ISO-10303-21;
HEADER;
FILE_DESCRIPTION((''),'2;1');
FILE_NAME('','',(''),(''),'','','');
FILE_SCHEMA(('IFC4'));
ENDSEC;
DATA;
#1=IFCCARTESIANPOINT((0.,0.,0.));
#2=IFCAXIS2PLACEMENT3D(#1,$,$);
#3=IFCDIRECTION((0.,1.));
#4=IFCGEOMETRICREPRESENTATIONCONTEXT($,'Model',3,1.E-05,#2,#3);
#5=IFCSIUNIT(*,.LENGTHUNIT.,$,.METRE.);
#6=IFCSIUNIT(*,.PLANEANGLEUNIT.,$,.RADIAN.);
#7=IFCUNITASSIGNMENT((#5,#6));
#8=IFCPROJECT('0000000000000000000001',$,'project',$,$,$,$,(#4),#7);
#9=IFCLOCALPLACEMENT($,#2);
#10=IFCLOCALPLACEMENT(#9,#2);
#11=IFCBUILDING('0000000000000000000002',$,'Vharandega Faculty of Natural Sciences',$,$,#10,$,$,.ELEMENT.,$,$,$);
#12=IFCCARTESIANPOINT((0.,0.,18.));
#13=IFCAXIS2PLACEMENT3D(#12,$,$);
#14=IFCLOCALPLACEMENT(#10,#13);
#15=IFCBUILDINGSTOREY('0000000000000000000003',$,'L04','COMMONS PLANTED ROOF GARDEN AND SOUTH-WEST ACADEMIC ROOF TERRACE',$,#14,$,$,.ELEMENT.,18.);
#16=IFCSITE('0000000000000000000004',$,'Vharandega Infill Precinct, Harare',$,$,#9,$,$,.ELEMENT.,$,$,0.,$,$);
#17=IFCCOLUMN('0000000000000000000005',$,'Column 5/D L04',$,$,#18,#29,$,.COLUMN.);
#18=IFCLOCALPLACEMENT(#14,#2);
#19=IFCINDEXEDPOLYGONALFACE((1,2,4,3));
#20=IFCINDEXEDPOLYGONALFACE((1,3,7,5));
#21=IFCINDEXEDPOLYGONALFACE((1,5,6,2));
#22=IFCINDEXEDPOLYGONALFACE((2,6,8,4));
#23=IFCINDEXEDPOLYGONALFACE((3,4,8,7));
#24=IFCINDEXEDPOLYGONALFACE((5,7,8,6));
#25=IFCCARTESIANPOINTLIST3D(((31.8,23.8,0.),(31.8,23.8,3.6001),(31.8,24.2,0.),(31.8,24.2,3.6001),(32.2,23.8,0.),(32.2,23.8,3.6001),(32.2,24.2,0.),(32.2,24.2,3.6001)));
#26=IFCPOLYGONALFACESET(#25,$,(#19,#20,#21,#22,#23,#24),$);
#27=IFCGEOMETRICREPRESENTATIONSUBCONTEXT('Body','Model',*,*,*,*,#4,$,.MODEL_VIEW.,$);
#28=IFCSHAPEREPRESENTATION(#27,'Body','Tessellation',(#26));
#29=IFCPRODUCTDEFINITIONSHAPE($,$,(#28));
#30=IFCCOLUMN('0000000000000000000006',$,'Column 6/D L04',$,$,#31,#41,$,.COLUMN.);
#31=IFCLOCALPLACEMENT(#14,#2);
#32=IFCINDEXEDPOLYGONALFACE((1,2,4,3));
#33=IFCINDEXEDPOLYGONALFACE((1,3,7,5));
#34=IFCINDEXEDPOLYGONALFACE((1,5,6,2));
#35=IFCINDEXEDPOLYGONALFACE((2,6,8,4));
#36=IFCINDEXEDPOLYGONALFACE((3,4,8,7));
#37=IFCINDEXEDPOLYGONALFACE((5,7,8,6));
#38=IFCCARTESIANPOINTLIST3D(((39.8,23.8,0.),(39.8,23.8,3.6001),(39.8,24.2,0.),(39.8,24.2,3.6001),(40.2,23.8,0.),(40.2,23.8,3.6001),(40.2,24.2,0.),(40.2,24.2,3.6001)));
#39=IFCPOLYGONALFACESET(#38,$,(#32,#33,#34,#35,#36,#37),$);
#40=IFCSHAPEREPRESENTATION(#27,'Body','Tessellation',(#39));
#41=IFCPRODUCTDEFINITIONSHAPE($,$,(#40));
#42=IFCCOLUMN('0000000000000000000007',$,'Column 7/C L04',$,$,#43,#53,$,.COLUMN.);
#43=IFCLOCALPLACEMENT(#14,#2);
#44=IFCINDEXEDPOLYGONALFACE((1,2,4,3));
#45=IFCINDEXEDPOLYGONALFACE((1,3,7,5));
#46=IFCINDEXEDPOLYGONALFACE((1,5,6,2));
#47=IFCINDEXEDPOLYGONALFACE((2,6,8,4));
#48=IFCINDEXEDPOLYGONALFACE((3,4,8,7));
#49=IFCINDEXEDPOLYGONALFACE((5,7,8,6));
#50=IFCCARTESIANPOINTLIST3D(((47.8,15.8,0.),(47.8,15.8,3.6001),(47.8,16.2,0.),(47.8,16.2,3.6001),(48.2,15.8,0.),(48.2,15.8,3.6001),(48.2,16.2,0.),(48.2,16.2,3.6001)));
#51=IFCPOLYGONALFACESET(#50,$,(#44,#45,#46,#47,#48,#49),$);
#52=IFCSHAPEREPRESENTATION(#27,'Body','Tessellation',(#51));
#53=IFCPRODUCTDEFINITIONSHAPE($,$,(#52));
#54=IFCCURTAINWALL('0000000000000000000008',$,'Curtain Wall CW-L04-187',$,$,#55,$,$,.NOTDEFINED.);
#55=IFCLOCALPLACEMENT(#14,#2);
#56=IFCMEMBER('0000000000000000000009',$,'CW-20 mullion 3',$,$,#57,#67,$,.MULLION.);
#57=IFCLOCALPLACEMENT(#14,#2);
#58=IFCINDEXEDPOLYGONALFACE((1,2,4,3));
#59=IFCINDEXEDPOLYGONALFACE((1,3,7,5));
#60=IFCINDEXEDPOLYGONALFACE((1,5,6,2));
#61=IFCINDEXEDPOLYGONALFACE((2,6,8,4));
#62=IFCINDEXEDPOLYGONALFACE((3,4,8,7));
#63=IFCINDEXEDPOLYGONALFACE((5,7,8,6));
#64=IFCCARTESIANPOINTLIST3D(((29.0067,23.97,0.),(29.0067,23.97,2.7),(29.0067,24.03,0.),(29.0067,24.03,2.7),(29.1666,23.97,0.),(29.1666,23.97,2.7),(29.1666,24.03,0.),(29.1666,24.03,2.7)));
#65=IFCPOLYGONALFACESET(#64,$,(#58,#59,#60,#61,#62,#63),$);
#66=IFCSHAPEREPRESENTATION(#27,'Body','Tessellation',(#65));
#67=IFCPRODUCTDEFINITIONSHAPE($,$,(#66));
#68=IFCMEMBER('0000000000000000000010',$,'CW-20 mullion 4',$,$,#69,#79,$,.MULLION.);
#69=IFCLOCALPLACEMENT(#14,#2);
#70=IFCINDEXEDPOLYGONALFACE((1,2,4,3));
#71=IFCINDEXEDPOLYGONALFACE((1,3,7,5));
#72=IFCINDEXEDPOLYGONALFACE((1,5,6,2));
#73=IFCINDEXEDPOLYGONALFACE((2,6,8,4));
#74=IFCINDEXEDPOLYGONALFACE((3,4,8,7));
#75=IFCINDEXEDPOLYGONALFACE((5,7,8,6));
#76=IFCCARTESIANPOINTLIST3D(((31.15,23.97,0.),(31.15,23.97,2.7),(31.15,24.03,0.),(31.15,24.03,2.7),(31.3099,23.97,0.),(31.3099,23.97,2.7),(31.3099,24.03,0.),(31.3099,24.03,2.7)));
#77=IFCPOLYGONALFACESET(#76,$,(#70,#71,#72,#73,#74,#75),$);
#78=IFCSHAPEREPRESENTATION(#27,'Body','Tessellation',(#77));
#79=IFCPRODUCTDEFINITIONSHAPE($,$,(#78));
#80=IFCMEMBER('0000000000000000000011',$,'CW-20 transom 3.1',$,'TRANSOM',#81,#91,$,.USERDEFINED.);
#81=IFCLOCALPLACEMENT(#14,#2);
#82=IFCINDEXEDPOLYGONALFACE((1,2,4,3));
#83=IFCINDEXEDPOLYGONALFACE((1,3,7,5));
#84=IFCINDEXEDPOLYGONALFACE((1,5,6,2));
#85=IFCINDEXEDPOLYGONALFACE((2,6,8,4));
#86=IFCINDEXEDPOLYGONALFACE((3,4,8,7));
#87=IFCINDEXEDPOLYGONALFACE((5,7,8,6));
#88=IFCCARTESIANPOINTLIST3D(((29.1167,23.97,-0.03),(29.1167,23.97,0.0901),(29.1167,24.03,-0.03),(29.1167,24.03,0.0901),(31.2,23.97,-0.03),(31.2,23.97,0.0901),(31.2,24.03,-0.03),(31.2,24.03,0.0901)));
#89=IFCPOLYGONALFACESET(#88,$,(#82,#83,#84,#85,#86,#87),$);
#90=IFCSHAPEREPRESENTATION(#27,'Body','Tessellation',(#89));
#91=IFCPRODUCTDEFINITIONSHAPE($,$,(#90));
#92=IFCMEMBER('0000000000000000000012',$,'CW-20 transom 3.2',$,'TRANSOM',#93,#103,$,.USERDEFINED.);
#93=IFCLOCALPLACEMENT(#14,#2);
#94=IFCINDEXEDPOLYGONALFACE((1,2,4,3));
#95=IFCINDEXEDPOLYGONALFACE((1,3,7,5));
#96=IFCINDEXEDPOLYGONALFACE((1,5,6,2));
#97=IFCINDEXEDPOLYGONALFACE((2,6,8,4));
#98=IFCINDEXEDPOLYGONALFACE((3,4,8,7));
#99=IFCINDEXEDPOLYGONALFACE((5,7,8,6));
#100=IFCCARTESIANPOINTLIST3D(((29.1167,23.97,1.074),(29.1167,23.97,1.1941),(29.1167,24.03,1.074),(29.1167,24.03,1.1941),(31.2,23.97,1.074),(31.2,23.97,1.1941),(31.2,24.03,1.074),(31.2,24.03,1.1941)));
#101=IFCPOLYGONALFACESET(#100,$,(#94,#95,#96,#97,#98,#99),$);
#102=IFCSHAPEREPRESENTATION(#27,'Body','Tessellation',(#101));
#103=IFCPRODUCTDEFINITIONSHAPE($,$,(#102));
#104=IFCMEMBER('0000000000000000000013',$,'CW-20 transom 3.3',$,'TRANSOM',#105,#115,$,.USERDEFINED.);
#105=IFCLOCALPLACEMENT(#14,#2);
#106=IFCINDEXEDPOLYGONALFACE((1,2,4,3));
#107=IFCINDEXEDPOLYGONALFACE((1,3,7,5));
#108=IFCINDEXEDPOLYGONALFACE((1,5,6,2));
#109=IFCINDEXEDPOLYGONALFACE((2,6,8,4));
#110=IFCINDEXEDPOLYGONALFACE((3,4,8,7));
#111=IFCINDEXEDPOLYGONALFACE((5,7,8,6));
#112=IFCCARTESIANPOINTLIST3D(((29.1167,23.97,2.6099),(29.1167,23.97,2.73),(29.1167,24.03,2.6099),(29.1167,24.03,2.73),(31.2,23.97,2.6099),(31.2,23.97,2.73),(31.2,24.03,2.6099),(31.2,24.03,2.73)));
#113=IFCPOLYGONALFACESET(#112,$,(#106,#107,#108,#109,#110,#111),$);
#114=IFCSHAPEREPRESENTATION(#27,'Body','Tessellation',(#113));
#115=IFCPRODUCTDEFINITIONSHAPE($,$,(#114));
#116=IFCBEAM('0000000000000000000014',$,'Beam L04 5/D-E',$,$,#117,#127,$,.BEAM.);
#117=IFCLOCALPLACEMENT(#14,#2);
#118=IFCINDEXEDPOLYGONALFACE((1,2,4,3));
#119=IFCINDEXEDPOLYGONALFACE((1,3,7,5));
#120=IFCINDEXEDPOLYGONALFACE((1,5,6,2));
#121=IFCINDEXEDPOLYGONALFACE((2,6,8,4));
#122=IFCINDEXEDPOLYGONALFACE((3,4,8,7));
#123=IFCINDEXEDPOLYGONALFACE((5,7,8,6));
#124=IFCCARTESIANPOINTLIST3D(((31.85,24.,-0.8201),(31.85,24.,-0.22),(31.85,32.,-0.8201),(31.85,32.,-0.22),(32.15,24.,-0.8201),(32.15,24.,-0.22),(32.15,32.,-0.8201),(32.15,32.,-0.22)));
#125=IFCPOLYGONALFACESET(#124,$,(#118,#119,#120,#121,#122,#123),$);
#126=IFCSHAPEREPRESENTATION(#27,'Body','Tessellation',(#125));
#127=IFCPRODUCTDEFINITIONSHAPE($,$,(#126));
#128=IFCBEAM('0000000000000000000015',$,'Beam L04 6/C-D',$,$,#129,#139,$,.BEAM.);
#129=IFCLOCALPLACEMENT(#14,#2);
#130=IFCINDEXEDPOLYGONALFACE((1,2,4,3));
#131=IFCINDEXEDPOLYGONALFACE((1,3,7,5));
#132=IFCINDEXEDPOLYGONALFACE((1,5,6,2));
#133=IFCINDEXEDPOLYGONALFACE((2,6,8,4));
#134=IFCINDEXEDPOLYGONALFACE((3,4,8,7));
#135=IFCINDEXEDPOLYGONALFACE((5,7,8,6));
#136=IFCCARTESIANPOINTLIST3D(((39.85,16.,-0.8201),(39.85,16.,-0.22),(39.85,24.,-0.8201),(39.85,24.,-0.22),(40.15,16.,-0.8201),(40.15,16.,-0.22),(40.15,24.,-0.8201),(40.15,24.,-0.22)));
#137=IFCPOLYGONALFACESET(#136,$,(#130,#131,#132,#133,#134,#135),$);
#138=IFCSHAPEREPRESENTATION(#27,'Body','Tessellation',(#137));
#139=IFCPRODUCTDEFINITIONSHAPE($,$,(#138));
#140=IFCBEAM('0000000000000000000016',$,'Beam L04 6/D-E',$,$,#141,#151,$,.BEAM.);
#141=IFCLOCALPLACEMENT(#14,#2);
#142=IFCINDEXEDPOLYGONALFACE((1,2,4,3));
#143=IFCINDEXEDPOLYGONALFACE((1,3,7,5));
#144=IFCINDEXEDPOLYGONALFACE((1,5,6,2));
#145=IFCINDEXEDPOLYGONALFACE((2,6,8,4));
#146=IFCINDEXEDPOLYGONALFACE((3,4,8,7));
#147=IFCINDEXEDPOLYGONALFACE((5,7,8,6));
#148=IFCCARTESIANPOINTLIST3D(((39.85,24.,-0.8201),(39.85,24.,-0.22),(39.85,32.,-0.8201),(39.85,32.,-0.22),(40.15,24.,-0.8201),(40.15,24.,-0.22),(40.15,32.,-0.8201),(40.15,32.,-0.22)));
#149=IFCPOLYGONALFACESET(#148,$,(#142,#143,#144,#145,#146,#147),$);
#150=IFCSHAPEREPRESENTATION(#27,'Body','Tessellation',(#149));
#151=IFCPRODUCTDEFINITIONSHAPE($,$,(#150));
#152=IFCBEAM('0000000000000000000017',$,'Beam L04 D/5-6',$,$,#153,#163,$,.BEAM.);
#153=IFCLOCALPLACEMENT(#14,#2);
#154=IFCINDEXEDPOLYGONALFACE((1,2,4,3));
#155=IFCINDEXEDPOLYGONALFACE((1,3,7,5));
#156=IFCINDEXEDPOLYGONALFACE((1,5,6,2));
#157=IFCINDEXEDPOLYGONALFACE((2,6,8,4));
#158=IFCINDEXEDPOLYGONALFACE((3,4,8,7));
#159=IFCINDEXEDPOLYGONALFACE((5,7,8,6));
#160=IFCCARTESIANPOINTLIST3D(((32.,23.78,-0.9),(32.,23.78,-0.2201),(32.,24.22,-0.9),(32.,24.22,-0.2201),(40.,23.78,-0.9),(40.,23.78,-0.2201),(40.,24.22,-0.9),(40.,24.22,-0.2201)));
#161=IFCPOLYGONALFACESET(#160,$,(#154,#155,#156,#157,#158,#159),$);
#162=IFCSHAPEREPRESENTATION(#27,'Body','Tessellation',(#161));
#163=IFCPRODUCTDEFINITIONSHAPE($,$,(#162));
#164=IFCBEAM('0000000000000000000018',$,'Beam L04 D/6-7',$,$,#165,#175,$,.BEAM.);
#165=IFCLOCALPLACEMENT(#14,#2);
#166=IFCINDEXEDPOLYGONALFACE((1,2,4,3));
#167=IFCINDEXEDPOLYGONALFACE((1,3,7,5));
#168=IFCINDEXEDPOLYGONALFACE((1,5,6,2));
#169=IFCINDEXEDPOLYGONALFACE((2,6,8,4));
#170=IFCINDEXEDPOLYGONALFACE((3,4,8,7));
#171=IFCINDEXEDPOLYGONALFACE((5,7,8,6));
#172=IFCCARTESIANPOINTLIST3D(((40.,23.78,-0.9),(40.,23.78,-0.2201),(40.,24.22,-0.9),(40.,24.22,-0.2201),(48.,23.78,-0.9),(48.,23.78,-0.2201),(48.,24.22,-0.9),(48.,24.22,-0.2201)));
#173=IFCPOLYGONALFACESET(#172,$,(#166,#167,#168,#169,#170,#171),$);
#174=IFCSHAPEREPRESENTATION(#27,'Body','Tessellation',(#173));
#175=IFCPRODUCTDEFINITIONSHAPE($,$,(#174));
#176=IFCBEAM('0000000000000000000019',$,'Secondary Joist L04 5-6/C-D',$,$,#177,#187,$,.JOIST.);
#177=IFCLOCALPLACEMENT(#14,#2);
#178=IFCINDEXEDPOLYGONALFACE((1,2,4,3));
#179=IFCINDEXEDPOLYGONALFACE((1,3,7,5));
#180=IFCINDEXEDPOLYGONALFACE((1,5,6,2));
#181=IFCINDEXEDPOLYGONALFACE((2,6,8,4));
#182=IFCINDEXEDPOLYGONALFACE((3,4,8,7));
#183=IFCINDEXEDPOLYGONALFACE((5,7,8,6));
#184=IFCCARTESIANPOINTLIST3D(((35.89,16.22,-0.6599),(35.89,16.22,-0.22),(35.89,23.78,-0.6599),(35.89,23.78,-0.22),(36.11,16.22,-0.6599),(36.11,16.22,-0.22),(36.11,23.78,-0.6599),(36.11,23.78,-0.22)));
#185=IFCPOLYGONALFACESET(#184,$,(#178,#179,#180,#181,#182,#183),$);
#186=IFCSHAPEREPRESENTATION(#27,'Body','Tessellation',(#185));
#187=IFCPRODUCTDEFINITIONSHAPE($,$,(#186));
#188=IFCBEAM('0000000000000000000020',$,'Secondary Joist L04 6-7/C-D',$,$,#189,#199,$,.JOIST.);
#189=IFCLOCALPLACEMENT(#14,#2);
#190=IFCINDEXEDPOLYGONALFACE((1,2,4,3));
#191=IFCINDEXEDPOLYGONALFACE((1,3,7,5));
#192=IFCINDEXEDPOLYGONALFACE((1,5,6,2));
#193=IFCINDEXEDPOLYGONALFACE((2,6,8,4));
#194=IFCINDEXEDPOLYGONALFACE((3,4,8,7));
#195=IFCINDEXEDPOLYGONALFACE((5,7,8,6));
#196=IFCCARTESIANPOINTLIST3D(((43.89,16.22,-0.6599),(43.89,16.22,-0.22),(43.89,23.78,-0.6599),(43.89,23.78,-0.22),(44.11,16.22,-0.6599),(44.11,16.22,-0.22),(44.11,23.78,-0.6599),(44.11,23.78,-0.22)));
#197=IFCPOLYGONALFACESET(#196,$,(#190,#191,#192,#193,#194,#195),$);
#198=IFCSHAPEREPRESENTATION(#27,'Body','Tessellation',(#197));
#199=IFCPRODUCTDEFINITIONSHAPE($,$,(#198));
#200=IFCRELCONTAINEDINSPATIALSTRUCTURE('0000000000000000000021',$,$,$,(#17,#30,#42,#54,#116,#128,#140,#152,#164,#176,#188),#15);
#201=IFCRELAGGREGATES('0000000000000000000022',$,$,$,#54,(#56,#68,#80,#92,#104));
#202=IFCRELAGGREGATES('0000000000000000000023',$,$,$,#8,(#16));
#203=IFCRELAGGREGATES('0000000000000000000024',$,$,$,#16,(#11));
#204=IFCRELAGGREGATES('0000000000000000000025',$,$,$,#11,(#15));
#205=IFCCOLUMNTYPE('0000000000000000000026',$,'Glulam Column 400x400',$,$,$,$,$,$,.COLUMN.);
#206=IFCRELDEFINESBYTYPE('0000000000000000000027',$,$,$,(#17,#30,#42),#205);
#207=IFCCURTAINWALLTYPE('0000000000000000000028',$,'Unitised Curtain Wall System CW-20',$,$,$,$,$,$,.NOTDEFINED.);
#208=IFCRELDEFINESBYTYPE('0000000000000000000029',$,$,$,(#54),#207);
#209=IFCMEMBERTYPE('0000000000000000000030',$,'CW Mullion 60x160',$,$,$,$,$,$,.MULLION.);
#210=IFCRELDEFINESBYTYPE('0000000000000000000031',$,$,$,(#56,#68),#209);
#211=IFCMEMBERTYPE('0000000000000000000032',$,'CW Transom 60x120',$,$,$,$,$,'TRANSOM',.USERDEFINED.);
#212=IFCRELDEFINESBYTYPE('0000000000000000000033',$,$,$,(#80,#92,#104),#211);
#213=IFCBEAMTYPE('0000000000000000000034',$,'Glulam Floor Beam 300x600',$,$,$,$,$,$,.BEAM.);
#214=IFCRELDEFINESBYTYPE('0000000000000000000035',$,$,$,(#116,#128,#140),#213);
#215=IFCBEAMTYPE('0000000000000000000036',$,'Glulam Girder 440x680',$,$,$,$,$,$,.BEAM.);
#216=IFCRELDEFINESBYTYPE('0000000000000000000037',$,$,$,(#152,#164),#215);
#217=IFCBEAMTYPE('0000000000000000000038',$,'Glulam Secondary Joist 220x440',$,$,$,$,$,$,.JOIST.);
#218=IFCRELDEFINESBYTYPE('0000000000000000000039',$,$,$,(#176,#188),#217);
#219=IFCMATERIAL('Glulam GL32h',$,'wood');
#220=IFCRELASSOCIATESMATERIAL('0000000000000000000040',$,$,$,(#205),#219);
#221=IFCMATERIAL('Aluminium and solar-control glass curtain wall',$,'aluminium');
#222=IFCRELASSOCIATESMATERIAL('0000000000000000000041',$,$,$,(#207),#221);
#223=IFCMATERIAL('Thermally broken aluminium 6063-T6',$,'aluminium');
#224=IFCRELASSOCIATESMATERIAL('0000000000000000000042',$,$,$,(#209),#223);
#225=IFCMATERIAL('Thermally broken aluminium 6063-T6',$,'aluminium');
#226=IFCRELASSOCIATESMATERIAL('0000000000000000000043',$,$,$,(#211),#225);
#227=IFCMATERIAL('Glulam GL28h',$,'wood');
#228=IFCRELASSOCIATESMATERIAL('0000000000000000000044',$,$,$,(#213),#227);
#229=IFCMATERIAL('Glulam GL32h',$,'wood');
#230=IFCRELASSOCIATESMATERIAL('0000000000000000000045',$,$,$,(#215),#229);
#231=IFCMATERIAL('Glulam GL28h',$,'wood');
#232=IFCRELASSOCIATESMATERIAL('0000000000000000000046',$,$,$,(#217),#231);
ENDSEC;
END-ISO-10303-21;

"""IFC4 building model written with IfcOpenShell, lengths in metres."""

from ifc_helpers import new_model, si_unit, direction, frame, origin, origin_2d, place, context, subcontext, project, spatial, rectangle, extrude, material, material_profile, profile_set, type_object, element, aggregate, save


model = new_model("IFC4")

# Units and contexts
model_context = context("Model", 3, precision=1e-05, world=origin(), true_north=direction((0.0, 1.0)))
body_context = subcontext(model_context, "Body", "Model", "MODEL_VIEW")
ifc_project = project(units=[si_unit("LENGTHUNIT", "METRE"), si_unit("PLANEANGLEUNIT", "RADIAN")], contexts=[model_context])

# Site, building, storey
site_placement = place(None, origin())
site = spatial("IfcSite", under=ifc_project, at=site_placement, Name="Vharandega Infill Precinct, Harare", CompositionType="ELEMENT", RefElevation=0.0)
building_placement = place(site_placement, origin())
building = spatial("IfcBuilding", under=site, at=building_placement, Name="Vharandega Faculty of Natural Sciences", CompositionType="ELEMENT")
storey_placement = place(building_placement, frame((0.0, 0.0, 18.0)))
storey = spatial("IfcBuildingStorey", under=building, at=storey_placement, Name="L04", Description="COMMONS PLANTED ROOF GARDEN AND SOUTH-WEST ACADEMIC ROOF TERRACE", CompositionType="ELEMENT", Elevation=18.0)

# Columns
ifc_material_1 = material(Name="Glulam GL32h", Category="wood")
ifc_material_profile_1 = material_profile(ifc_material_1, rectangle(XDim=0.3999, YDim=0.3999, at=origin_2d()), Name="GL32h 400x400")
ifc_profile_set_1 = profile_set([ifc_material_profile_1], Name="Glulam GL32h")
column_type = type_object("IfcColumnType", Name="Glulam Column 400x400", PredefinedType="COLUMN", material=ifc_profile_set_1)
for number, where, z_axis, x_axis, name in (
    (1, (32.0, 24.0, 0.0), (0.0, 0.0, 1.0), (1.0, 0.0, 0.0), "Column 5/D L04"),
    (2, (40.0, 24.0, 0.0), (0.0, 0.0, 1.0), (1.0, 0.0, 0.0), "Column 6/D L04"),
    (3, (48.0, 16.0, 0.0), (0.0, 0.0, 1.0), (1.0, 0.0, 0.0), "Column 7/C L04"),
):
    element("IfcColumn", number, at=place(storey_placement, frame(where, z_axis=z_axis, x_axis=x_axis)), inside=storey, type_object=column_type, Name=name, PredefinedType="COLUMN", context=body_context, shape_type="SweptSolid", body=[
        extrude(rectangle(XDim=0.3999, YDim=0.3999, at=origin_2d()), origin(), (0.0, 0.0, 1.0), 3.6001),
    ])

# Curtain wall, members
ifc_material_2 = material(Name="Aluminium and solar-control glass curtain wall", Category="aluminium")
curtain_wall_type = type_object("IfcCurtainWallType", Name="Unitised Curtain Wall System CW-20", PredefinedType="NOTDEFINED", material=ifc_material_2)
curtain_wall_placement = place(storey_placement, origin())
curtain_wall = element("IfcCurtainWall", 4, at=curtain_wall_placement, inside=storey, type_object=curtain_wall_type, Name="Curtain Wall CW-L04-187", PredefinedType="NOTDEFINED")
ifc_material_3 = material(Name="Thermally broken aluminium 6063-T6", Category="aluminium")
ifc_material_profile_2 = material_profile(ifc_material_3, rectangle(XDim=0.0601, YDim=0.1599, at=origin_2d()), Name="ALU 60x160")
ifc_profile_set_2 = profile_set([ifc_material_profile_2], Name="Thermally broken aluminium 6063-T6")
member_type_1 = type_object("IfcMemberType", Name="CW Mullion 60x160", PredefinedType="MULLION", material=ifc_profile_set_2)
member_1_placement = place(storey_placement, frame((29.0867, 24.0, 0.0), z_axis=(0.0, 0.0, 1.0), x_axis=(0.0, 1.0, 0.0)))
member_1 = element("IfcMember", 5, at=member_1_placement, type_object=member_type_1, Name="CW-20 mullion 3", PredefinedType="MULLION", context=body_context, shape_type="SweptSolid", body=[
    extrude(rectangle(XDim=0.0601, YDim=0.1599, at=origin_2d()), origin(), (0.0, 0.0, 1.0), 2.7),
])
member_2_placement = place(storey_placement, frame((31.23, 24.0, 0.0), z_axis=(0.0, 0.0, 1.0), x_axis=(0.0, 1.0, 0.0)))
member_2 = element("IfcMember", 6, at=member_2_placement, type_object=member_type_1, Name="CW-20 mullion 4", PredefinedType="MULLION", context=body_context, shape_type="SweptSolid", body=[
    extrude(rectangle(XDim=0.0601, YDim=0.1599, at=origin_2d()), origin(), (0.0, 0.0, 1.0), 2.7),
])
ifc_material_4 = material(Name="Thermally broken aluminium 6063-T6", Category="aluminium")
ifc_material_profile_3 = material_profile(ifc_material_4, rectangle(XDim=0.0601, YDim=0.1201, at=origin_2d()), Name="ALU 60x120")
ifc_profile_set_3 = profile_set([ifc_material_profile_3], Name="Thermally broken aluminium 6063-T6")
member_type_2 = type_object("IfcMemberType", Name="CW Transom 60x120", ElementType="TRANSOM", PredefinedType="USERDEFINED", material=ifc_profile_set_3)
member_3_placement = place(storey_placement, frame((29.1167, 24.0, 0.03), z_axis=(1.0, 0.0, 0.0), x_axis=(0.0, 1.0, 0.0)))
member_3 = element("IfcMember", 7, at=member_3_placement, type_object=member_type_2, Name="CW-20 transom 3.1", ObjectType="TRANSOM", PredefinedType="USERDEFINED", context=body_context, shape_type="SweptSolid", body=[
    extrude(rectangle(XDim=0.0601, YDim=0.1201, at=origin_2d()), origin(), (0.0, 0.0, 1.0), 2.0833),
])
member_4_placement = place(storey_placement, frame((29.1167, 24.0, 1.134), z_axis=(1.0, 0.0, 0.0), x_axis=(0.0, 1.0, 0.0)))
member_4 = element("IfcMember", 8, at=member_4_placement, type_object=member_type_2, Name="CW-20 transom 3.2", ObjectType="TRANSOM", PredefinedType="USERDEFINED", context=body_context, shape_type="SweptSolid", body=[
    extrude(rectangle(XDim=0.0601, YDim=0.1201, at=origin_2d()), origin(), (0.0, 0.0, 1.0), 2.0833),
])
member_5_placement = place(storey_placement, frame((29.1167, 24.0, 2.6699), z_axis=(1.0, 0.0, 0.0), x_axis=(0.0, 1.0, 0.0)))
member_5 = element("IfcMember", 9, at=member_5_placement, type_object=member_type_2, Name="CW-20 transom 3.3", ObjectType="TRANSOM", PredefinedType="USERDEFINED", context=body_context, shape_type="SweptSolid", body=[
    extrude(rectangle(XDim=0.0601, YDim=0.1201, at=origin_2d()), origin(), (0.0, 0.0, 1.0), 2.0833),
])

# Beams
ifc_material_5 = material(Name="Glulam GL28h", Category="wood")
ifc_material_profile_4 = material_profile(ifc_material_5, rectangle(XDim=0.3, YDim=0.6001, at=origin_2d()), Name="GL28h 300x600")
ifc_profile_set_4 = profile_set([ifc_material_profile_4], Name="Glulam GL28h")
beam_type_1 = type_object("IfcBeamType", Name="Glulam Floor Beam 300x600", PredefinedType="BEAM", material=ifc_profile_set_4)
for number, where, z_axis, x_axis, name in (
    (10, (32.0, 24.0, -0.52), (0.0, 1.0, 0.0), (-1.0, 0.0, 0.0), "Beam L04 5/D-E"),
    (11, (40.0, 16.0, -0.52), (0.0, 1.0, 0.0), (-1.0, 0.0, 0.0), "Beam L04 6/C-D"),
    (12, (40.0, 24.0, -0.52), (0.0, 1.0, 0.0), (-1.0, 0.0, 0.0), "Beam L04 6/D-E"),
):
    element("IfcBeam", number, at=place(storey_placement, frame(where, z_axis=z_axis, x_axis=x_axis)), inside=storey, type_object=beam_type_1, Name=name, PredefinedType="BEAM", context=body_context, shape_type="SweptSolid", body=[
        extrude(rectangle(XDim=0.3, YDim=0.6001, at=origin_2d()), origin(), (0.0, 0.0, 1.0), 8.0),
    ])
ifc_material_6 = material(Name="Glulam GL32h", Category="wood")
ifc_material_profile_5 = material_profile(ifc_material_6, rectangle(XDim=0.4399, YDim=0.6799, at=origin_2d()), Name="GL32h 440x680")
ifc_profile_set_5 = profile_set([ifc_material_profile_5], Name="Glulam GL32h")
beam_type_2 = type_object("IfcBeamType", Name="Glulam Girder 440x680", PredefinedType="BEAM", material=ifc_profile_set_5)
for number, where, z_axis, x_axis, name in (
    (13, (32.0, 24.0, -0.5601), (1.0, 0.0, 0.0), (0.0, 1.0, 0.0), "Beam L04 D/5-6"),
    (14, (40.0, 24.0, -0.5601), (1.0, 0.0, 0.0), (0.0, 1.0, 0.0), "Beam L04 D/6-7"),
):
    element("IfcBeam", number, at=place(storey_placement, frame(where, z_axis=z_axis, x_axis=x_axis)), inside=storey, type_object=beam_type_2, Name=name, PredefinedType="BEAM", context=body_context, shape_type="SweptSolid", body=[
        extrude(rectangle(XDim=0.4399, YDim=0.6799, at=origin_2d()), origin(), (0.0, 0.0, 1.0), 8.0),
    ])
ifc_material_7 = material(Name="Glulam GL28h", Category="wood")
ifc_material_profile_6 = material_profile(ifc_material_7, rectangle(XDim=0.22, YDim=0.4399, at=origin_2d()), Name="GL28h 220x440")
ifc_profile_set_6 = profile_set([ifc_material_profile_6], Name="Glulam GL28h")
beam_type_3 = type_object("IfcBeamType", Name="Glulam Secondary Joist 220x440", PredefinedType="JOIST", material=ifc_profile_set_6)
for number, where, z_axis, x_axis, name in (
    (15, (36.0, 16.22, -0.4399), (0.0, 1.0, 0.0), (-1.0, 0.0, 0.0), "Secondary Joist L04 5-6/C-D"),
    (16, (44.0, 16.22, -0.4399), (0.0, 1.0, 0.0), (-1.0, 0.0, 0.0), "Secondary Joist L04 6-7/C-D"),
):
    element("IfcBeam", number, at=place(storey_placement, frame(where, z_axis=z_axis, x_axis=x_axis)), inside=storey, type_object=beam_type_3, Name=name, PredefinedType="JOIST", context=body_context, shape_type="SweptSolid", body=[
        extrude(rectangle(XDim=0.22, YDim=0.4399, at=origin_2d()), origin(), (0.0, 0.0, 1.0), 7.5601),
    ])

aggregate(curtain_wall, [member_1, member_2, member_3, member_4, member_5])

save(model, "model.ifc")
